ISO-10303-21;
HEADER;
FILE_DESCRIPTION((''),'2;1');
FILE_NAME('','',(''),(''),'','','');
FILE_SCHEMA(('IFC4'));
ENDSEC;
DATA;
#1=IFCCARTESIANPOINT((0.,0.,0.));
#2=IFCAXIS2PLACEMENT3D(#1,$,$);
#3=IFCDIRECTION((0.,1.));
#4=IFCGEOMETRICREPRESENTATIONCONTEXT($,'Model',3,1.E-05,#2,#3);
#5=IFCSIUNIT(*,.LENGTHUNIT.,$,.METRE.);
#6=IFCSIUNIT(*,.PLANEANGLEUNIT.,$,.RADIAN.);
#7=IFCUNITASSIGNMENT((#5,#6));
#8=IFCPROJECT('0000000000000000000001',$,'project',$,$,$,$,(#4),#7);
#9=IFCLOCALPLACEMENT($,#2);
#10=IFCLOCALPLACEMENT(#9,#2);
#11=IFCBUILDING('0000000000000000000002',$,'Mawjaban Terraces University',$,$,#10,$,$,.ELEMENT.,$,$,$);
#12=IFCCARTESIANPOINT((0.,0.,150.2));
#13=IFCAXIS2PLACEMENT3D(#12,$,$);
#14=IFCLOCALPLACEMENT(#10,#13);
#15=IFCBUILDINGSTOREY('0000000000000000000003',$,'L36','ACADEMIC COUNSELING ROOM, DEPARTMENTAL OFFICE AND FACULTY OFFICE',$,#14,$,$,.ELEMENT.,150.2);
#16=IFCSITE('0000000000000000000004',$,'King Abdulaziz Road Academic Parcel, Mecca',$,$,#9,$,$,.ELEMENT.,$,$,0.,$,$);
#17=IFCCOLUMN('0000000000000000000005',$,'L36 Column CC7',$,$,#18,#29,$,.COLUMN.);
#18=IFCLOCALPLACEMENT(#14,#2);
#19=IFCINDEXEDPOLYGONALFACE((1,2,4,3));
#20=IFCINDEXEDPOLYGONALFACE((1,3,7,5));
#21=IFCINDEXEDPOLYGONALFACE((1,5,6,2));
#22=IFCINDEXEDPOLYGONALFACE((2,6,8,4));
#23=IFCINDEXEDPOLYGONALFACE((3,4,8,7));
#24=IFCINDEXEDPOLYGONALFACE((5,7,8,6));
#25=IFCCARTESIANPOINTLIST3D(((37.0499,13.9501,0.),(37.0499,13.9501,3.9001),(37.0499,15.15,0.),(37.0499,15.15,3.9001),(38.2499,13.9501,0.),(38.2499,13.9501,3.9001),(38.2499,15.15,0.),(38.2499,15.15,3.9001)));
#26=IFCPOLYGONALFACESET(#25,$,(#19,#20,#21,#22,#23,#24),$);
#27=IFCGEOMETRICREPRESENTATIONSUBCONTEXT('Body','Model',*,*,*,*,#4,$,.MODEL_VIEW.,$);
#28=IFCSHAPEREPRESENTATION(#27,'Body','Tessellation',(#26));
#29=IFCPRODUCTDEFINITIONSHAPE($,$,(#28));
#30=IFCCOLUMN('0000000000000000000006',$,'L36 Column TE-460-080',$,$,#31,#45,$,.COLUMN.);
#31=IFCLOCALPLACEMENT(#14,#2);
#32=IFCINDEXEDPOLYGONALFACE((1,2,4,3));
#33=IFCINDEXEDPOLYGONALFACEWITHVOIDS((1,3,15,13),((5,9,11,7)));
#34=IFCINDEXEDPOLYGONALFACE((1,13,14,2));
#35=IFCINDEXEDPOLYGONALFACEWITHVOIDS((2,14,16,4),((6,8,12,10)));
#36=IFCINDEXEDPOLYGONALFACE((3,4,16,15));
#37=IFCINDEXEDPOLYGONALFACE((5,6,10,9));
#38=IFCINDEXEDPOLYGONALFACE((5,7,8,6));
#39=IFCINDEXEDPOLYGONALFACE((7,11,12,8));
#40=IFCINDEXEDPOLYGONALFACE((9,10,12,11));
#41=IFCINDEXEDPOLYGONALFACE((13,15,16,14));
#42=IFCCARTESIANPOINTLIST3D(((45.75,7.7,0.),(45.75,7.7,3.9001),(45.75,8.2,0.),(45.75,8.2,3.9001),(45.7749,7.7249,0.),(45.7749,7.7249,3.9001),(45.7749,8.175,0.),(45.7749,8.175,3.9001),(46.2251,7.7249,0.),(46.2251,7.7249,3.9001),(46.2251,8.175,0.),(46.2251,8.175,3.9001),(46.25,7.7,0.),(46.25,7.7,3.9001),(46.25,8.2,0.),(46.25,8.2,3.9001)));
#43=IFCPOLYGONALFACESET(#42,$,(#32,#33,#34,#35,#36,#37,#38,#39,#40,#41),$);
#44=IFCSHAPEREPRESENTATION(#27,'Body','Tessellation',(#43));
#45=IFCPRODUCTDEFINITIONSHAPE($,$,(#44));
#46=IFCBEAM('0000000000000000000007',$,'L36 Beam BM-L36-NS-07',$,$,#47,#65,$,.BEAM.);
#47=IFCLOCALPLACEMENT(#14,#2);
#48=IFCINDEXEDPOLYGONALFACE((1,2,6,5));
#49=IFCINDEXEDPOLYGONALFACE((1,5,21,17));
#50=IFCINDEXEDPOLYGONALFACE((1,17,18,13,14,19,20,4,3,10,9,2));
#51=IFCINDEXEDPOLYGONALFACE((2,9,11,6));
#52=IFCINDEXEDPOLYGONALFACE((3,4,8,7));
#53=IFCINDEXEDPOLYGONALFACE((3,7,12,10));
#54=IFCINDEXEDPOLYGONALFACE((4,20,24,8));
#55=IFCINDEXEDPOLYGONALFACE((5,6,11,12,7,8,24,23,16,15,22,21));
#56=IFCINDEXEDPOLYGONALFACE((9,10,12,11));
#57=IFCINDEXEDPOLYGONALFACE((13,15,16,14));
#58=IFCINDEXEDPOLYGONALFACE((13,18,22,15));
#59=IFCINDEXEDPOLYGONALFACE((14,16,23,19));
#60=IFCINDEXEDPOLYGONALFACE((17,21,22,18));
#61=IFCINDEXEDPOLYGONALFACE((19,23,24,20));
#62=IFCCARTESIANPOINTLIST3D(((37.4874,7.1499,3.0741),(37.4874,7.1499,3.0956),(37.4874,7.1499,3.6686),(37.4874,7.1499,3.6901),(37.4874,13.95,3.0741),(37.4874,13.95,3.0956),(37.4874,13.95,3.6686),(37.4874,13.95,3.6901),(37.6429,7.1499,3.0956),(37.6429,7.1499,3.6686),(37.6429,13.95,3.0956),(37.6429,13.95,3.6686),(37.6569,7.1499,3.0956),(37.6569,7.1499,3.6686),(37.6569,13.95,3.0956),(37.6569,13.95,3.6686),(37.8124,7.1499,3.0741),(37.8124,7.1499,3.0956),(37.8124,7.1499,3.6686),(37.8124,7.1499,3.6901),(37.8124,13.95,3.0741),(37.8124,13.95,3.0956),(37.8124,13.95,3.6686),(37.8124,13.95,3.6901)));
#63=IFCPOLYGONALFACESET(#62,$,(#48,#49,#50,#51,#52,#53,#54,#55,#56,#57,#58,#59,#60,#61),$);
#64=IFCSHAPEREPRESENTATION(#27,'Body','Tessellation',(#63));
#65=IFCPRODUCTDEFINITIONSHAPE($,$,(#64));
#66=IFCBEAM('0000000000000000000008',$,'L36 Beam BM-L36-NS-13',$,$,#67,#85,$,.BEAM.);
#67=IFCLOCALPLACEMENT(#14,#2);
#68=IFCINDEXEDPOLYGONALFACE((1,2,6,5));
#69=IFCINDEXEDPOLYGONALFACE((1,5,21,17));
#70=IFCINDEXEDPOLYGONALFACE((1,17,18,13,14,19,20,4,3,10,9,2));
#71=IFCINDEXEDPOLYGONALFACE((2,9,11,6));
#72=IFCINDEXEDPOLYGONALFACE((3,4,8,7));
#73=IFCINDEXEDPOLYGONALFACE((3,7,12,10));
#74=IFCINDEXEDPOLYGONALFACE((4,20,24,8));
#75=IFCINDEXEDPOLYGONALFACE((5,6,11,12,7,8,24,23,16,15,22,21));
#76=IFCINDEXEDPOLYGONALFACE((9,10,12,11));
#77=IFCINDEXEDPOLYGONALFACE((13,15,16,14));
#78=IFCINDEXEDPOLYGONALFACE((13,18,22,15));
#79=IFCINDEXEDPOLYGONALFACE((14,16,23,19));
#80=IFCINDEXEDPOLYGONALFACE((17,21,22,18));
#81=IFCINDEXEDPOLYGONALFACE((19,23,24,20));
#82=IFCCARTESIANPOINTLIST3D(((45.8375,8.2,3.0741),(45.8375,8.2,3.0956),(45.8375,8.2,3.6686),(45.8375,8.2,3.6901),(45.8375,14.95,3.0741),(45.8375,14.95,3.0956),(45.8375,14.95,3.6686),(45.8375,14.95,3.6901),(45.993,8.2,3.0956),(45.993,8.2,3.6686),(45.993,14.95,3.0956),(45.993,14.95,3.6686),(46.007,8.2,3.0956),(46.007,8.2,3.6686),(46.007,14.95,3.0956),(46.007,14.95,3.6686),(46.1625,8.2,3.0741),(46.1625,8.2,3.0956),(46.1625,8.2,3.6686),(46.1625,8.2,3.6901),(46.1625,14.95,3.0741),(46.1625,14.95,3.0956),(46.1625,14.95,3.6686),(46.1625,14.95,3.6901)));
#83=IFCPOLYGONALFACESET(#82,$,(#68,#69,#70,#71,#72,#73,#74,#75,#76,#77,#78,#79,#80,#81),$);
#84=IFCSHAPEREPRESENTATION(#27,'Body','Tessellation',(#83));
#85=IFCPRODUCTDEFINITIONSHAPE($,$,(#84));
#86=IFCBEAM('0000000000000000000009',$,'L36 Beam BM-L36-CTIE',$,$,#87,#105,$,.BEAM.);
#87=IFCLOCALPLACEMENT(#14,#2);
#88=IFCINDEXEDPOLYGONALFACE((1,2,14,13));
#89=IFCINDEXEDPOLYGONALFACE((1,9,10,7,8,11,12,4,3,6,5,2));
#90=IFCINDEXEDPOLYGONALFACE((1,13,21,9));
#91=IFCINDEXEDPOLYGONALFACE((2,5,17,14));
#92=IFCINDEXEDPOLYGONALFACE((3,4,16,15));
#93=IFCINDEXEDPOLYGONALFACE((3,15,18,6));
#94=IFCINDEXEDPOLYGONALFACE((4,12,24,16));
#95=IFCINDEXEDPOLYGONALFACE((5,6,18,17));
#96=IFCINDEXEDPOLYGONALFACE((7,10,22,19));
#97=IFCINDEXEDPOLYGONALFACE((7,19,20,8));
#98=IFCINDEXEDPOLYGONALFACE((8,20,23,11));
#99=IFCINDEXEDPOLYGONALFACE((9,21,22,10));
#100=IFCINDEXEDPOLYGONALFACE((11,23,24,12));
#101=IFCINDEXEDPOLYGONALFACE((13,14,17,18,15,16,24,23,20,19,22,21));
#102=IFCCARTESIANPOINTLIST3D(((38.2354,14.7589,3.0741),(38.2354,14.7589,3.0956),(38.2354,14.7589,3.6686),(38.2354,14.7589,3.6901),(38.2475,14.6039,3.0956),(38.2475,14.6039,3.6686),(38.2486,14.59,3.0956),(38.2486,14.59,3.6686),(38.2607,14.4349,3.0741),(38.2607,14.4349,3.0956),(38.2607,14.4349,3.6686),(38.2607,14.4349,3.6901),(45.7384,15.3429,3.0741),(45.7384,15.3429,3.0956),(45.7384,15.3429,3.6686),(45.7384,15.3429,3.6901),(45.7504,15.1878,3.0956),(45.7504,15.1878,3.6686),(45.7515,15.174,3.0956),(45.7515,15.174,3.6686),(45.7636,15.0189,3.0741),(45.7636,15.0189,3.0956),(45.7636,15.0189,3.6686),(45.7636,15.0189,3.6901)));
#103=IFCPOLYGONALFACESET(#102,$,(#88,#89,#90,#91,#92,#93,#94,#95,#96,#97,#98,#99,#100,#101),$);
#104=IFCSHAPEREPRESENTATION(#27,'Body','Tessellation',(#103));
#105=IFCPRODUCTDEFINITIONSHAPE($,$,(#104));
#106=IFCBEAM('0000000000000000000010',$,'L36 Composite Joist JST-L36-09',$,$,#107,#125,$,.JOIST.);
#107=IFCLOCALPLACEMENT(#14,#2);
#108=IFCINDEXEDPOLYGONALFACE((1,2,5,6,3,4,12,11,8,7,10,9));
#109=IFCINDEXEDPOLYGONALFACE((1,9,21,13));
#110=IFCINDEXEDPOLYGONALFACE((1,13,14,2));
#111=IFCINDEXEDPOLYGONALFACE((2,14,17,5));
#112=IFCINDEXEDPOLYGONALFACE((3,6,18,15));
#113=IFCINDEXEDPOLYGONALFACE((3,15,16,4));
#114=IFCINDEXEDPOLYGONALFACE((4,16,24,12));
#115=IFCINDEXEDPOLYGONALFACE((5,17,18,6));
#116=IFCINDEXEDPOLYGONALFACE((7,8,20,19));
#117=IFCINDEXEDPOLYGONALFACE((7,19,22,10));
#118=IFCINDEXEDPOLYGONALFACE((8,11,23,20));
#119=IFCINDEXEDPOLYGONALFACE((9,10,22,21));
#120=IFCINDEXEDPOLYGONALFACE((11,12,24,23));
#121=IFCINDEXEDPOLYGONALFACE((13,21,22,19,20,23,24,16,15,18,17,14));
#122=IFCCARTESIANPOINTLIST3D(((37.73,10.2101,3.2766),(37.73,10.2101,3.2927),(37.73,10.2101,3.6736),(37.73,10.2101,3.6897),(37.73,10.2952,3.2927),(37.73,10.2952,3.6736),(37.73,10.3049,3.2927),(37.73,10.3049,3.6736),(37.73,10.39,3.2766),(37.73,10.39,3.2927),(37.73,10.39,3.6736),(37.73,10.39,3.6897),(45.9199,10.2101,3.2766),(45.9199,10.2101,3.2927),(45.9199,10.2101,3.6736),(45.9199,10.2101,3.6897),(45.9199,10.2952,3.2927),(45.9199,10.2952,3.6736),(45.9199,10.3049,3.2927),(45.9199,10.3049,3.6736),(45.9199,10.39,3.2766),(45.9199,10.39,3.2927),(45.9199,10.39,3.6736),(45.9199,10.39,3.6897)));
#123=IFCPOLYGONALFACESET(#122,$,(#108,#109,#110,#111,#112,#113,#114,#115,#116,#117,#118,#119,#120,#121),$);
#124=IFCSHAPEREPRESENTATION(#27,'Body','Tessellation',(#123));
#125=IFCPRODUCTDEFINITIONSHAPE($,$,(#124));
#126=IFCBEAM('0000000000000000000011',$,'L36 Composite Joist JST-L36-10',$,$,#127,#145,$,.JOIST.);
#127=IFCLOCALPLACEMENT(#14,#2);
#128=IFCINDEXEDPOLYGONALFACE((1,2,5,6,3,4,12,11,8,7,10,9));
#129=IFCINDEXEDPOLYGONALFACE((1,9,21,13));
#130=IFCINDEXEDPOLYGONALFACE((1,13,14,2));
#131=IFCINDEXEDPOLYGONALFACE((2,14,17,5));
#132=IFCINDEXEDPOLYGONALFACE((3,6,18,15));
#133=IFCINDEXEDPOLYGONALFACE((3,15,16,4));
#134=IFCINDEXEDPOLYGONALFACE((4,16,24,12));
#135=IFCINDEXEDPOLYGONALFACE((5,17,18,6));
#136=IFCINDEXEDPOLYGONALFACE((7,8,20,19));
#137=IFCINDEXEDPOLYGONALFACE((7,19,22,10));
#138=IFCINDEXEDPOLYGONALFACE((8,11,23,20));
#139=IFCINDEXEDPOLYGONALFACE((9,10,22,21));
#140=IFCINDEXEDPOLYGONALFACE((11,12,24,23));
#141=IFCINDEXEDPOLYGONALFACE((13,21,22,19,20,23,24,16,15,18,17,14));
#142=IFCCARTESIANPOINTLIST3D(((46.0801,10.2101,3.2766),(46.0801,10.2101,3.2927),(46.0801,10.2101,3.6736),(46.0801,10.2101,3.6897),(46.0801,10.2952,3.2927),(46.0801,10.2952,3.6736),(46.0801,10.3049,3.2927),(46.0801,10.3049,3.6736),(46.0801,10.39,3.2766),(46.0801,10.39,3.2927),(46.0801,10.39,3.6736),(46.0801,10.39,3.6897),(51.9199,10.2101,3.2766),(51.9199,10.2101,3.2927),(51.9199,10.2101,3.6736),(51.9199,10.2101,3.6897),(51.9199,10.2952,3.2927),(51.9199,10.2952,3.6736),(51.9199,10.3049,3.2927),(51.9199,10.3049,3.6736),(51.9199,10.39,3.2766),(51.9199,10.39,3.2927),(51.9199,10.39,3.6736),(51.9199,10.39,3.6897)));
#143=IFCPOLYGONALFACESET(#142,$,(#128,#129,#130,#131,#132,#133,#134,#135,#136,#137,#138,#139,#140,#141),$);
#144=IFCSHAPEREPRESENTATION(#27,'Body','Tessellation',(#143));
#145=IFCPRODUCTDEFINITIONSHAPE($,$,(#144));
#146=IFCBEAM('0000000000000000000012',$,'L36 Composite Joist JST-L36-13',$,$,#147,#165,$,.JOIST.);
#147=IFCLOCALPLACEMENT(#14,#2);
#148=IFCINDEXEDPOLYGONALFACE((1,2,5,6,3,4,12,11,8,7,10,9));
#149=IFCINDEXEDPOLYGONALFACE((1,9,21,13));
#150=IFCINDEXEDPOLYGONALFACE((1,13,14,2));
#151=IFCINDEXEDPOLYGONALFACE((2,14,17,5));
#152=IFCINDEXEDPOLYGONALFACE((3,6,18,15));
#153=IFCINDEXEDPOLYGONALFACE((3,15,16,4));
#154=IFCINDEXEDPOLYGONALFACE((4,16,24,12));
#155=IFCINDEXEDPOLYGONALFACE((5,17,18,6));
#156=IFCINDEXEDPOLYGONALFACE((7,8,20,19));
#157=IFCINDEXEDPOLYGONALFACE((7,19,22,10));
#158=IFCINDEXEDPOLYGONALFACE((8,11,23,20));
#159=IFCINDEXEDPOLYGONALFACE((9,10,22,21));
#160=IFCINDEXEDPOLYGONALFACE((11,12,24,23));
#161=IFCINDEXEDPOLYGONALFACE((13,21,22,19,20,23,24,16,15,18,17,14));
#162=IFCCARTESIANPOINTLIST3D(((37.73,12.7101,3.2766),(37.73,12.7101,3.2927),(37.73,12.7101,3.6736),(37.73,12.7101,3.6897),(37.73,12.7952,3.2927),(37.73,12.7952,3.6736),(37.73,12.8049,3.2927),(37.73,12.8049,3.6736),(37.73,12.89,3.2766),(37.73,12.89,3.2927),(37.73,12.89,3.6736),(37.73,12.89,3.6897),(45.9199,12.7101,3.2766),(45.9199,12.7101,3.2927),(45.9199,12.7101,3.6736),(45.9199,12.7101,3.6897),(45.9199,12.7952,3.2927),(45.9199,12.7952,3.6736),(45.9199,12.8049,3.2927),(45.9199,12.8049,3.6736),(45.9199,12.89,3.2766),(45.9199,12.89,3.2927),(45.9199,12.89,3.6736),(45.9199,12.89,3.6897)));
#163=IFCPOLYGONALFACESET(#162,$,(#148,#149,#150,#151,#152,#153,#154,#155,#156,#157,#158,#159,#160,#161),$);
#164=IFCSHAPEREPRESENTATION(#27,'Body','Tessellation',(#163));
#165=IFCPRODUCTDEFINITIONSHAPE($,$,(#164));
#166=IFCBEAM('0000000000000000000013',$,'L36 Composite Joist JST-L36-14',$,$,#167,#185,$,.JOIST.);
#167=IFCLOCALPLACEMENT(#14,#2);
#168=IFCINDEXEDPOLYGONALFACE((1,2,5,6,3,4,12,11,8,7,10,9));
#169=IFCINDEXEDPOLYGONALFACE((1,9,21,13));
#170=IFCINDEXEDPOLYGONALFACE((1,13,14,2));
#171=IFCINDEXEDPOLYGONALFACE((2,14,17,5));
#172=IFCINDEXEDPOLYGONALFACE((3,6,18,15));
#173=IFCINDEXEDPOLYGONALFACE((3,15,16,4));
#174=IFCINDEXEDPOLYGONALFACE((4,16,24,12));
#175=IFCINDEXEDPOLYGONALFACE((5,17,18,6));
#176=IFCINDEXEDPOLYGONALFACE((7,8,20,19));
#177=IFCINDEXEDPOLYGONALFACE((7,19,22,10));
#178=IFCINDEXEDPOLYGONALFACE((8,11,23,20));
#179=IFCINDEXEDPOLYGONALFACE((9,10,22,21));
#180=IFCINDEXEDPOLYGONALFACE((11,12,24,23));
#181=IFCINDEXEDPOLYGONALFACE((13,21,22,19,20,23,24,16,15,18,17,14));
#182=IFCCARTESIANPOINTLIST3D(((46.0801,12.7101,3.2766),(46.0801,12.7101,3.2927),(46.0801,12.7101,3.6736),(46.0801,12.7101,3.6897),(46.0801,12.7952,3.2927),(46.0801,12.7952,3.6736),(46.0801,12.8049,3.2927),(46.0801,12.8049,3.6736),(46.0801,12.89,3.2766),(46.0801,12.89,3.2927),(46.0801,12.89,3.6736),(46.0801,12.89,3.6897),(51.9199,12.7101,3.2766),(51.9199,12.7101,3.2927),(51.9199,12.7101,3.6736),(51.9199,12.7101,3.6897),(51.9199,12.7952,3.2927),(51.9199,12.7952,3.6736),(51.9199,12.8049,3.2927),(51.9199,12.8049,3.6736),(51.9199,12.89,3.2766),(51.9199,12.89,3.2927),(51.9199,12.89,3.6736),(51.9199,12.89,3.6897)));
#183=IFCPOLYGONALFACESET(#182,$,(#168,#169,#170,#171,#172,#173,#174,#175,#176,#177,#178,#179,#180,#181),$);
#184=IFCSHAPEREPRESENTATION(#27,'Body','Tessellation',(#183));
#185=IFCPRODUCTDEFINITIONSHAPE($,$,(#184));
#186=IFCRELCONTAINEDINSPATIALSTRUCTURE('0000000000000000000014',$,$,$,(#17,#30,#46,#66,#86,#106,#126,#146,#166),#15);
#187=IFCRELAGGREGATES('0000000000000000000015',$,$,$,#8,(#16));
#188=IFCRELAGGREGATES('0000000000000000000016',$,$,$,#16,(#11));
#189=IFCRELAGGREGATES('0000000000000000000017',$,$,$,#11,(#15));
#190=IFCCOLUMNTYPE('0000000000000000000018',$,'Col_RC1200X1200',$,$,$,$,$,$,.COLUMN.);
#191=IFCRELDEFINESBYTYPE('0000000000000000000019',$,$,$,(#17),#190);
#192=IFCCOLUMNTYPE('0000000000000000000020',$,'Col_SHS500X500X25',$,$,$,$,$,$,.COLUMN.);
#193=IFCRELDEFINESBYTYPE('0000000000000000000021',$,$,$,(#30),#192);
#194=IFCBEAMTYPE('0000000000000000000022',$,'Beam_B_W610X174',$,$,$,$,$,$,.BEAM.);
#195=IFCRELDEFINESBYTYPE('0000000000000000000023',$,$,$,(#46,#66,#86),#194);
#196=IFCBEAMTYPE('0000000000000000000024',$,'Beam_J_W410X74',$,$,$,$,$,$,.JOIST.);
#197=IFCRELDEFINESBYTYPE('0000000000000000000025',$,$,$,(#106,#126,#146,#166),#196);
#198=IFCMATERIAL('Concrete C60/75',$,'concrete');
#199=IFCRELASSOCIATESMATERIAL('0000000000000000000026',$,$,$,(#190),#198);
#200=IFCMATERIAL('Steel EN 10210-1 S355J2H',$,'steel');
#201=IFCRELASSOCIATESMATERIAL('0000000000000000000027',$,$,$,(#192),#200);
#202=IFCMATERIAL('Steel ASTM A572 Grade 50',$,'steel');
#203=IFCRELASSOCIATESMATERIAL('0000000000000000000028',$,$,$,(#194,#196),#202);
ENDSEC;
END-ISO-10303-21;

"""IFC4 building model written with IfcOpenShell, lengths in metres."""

from ifc_helpers import new_model, si_unit, direction, frame, origin, origin_2d, place, context, subcontext, project, spatial, rectangle, hollow_rectangle, i_section, extrude, material, material_profile, profile_set, type_object, element, save


model = new_model("IFC4")

# Units and contexts
model_context = context("Model", 3, precision=1e-05, world=origin(), true_north=direction((0.0, 1.0)))
body_context = subcontext(model_context, "Body", "Model", "MODEL_VIEW")
ifc_project = project(units=[si_unit("LENGTHUNIT", "METRE"), si_unit("PLANEANGLEUNIT", "RADIAN")], contexts=[model_context])

# Site, building, storey
site_placement = place(None, origin())
site = spatial("IfcSite", under=ifc_project, at=site_placement, Name="King Abdulaziz Road Academic Parcel, Mecca", CompositionType="ELEMENT", RefElevation=0.0)
building_placement = place(site_placement, origin())
building = spatial("IfcBuilding", under=site, at=building_placement, Name="Mawjaban Terraces University", CompositionType="ELEMENT")
storey_placement = place(building_placement, frame((0.0, 0.0, 150.2)))
storey = spatial("IfcBuildingStorey", under=building, at=storey_placement, Name="L36", Description="ACADEMIC COUNSELING ROOM, DEPARTMENTAL OFFICE AND FACULTY OFFICE", CompositionType="ELEMENT", Elevation=150.2)

# Columns
ifc_material_1 = material(Name="Concrete C60/75", Category="concrete")
ifc_material_profile_1 = material_profile(ifc_material_1, rectangle(XDim=1.2, YDim=1.2, at=origin_2d()), Name="RC1200X1200")
ifc_profile_set_1 = profile_set([ifc_material_profile_1], Name="Concrete C60/75")
column_type_1 = type_object("IfcColumnType", Name="Col_RC1200X1200", PredefinedType="COLUMN", material=ifc_profile_set_1)
column_1_placement = place(storey_placement, frame((37.6499, 14.55, 0.0), z_axis=(0.0, 0.0, 1.0), x_axis=(1.0, 0.0, 0.0)))
element("IfcColumn", 1, at=column_1_placement, inside=storey, type_object=column_type_1, Name="L36 Column CC7", PredefinedType="COLUMN", context=body_context, shape_type="SweptSolid", body=[
    extrude(rectangle(XDim=1.2, YDim=1.2, at=origin_2d()), origin(), (0.0, 0.0, 1.0), 3.9001),
])
ifc_material_2 = material(Name="Steel EN 10210-1 S355J2H", Category="steel")
ifc_material_profile_2 = material_profile(ifc_material_2, hollow_rectangle(XDim=0.5, YDim=0.5, WallThickness=0.0249, at=origin_2d()), Name="SHS500X500X25")
ifc_profile_set_2 = profile_set([ifc_material_profile_2], Name="Steel EN 10210-1 S355J2H")
column_type_2 = type_object("IfcColumnType", Name="Col_SHS500X500X25", PredefinedType="COLUMN", material=ifc_profile_set_2)
column_2_placement = place(storey_placement, frame((46.0, 7.95, 0.0), z_axis=(0.0, 0.0, 1.0), x_axis=(1.0, 0.0, 0.0)))
element("IfcColumn", 2, at=column_2_placement, inside=storey, type_object=column_type_2, Name="L36 Column TE-460-080", PredefinedType="COLUMN", context=body_context, shape_type="SweptSolid", body=[
    extrude(hollow_rectangle(XDim=0.5, YDim=0.5, WallThickness=0.0249, at=origin_2d()), origin(), (0.0, 0.0, 1.0), 3.9001),
])

# Beams
ifc_material_3 = material(Name="Steel ASTM A572 Grade 50", Category="steel")
ifc_material_profile_3 = material_profile(ifc_material_3, i_section(OverallWidth=0.325, OverallDepth=0.616, WebThickness=0.0139, FlangeThickness=0.0215, at=origin_2d()), Name="W610X174")
ifc_profile_set_3 = profile_set([ifc_material_profile_3], Name="Steel ASTM A572 Grade 50")
beam_type_1 = type_object("IfcBeamType", Name="Beam_B_W610X174", PredefinedType="BEAM", material=ifc_profile_set_3)
beam_1_placement = place(storey_placement, frame((37.6499, 7.1499, 3.3821), z_axis=(0.0, 1.0, 0.0), x_axis=(-1.0, 0.0, 0.0)))
element("IfcBeam", 3, at=beam_1_placement, inside=storey, type_object=beam_type_1, Name="L36 Beam BM-L36-NS-07", PredefinedType="BEAM", context=body_context, shape_type="SweptSolid", body=[
    extrude(i_section(OverallWidth=0.325, OverallDepth=0.616, WebThickness=0.0139, FlangeThickness=0.0215, at=origin_2d()), origin(), (0.0, 0.0, 1.0), 6.8),
])
beam_2_placement = place(storey_placement, frame((46.0, 8.2, 3.3821), z_axis=(0.0, 1.0, 0.0), x_axis=(-1.0, 0.0, 0.0)))
element("IfcBeam", 4, at=beam_2_placement, inside=storey, type_object=beam_type_1, Name="L36 Beam BM-L36-NS-13", PredefinedType="BEAM", context=body_context, shape_type="SweptSolid", body=[
    extrude(i_section(OverallWidth=0.325, OverallDepth=0.616, WebThickness=0.0139, FlangeThickness=0.0215, at=origin_2d()), origin(), (0.0, 0.0, 1.0), 6.75),
])
beam_3_placement = place(storey_placement, frame((38.248, 14.5969, 3.3821), z_axis=(0.996985, 0.077599, 0.0), x_axis=(-0.077599, 0.996985, 0.0)))
element("IfcBeam", 5, at=beam_3_placement, inside=storey, type_object=beam_type_1, Name="L36 Beam BM-L36-CTIE", PredefinedType="BEAM", context=body_context, shape_type="SweptSolid", body=[
    extrude(i_section(OverallWidth=0.325, OverallDepth=0.616, WebThickness=0.0139, FlangeThickness=0.0215, at=origin_2d()), origin(), (0.0, 0.0, 1.0), 7.5256),
])
ifc_material_profile_4 = material_profile(ifc_material_3, i_section(OverallWidth=0.1799, OverallDepth=0.4131, WebThickness=0.0098, FlangeThickness=0.0161, at=origin_2d()), Name="W410X74")
ifc_profile_set_4 = profile_set([ifc_material_profile_4], Name="Steel ASTM A572 Grade 50")
beam_type_2 = type_object("IfcBeamType", Name="Beam_J_W410X74", PredefinedType="JOIST", material=ifc_profile_set_4)
beam_4_placement = place(storey_placement, frame((37.73, 10.3, 3.4832), z_axis=(1.0, 0.0, 0.0), x_axis=(0.0, 1.0, 0.0)))
element("IfcBeam", 6, at=beam_4_placement, inside=storey, type_object=beam_type_2, Name="L36 Composite Joist JST-L36-09", PredefinedType="JOIST", context=body_context, shape_type="SweptSolid", body=[
    extrude(i_section(OverallWidth=0.1799, OverallDepth=0.4131, WebThickness=0.0098, FlangeThickness=0.0161, at=origin_2d()), origin(), (0.0, 0.0, 1.0), 8.1899),
])
beam_5_placement = place(storey_placement, frame((46.0801, 10.3, 3.4832), z_axis=(1.0, 0.0, 0.0), x_axis=(0.0, 1.0, 0.0)))
element("IfcBeam", 7, at=beam_5_placement, inside=storey, type_object=beam_type_2, Name="L36 Composite Joist JST-L36-10", PredefinedType="JOIST", context=body_context, shape_type="SweptSolid", body=[
    extrude(i_section(OverallWidth=0.1799, OverallDepth=0.4131, WebThickness=0.0098, FlangeThickness=0.0161, at=origin_2d()), origin(), (0.0, 0.0, 1.0), 5.8398),
])
beam_6_placement = place(storey_placement, frame((37.73, 12.8, 3.4832), z_axis=(1.0, 0.0, 0.0), x_axis=(0.0, 1.0, 0.0)))
element("IfcBeam", 8, at=beam_6_placement, inside=storey, type_object=beam_type_2, Name="L36 Composite Joist JST-L36-13", PredefinedType="JOIST", context=body_context, shape_type="SweptSolid", body=[
    extrude(i_section(OverallWidth=0.1799, OverallDepth=0.4131, WebThickness=0.0098, FlangeThickness=0.0161, at=origin_2d()), origin(), (0.0, 0.0, 1.0), 8.1899),
])
beam_7_placement = place(storey_placement, frame((46.0801, 12.8, 3.4832), z_axis=(1.0, 0.0, 0.0), x_axis=(0.0, 1.0, 0.0)))
element("IfcBeam", 9, at=beam_7_placement, inside=storey, type_object=beam_type_2, Name="L36 Composite Joist JST-L36-14", PredefinedType="JOIST", context=body_context, shape_type="SweptSolid", body=[
    extrude(i_section(OverallWidth=0.1799, OverallDepth=0.4131, WebThickness=0.0098, FlangeThickness=0.0161, at=origin_2d()), origin(), (0.0, 0.0, 1.0), 5.8398),
])

save(model, "model.ifc")
